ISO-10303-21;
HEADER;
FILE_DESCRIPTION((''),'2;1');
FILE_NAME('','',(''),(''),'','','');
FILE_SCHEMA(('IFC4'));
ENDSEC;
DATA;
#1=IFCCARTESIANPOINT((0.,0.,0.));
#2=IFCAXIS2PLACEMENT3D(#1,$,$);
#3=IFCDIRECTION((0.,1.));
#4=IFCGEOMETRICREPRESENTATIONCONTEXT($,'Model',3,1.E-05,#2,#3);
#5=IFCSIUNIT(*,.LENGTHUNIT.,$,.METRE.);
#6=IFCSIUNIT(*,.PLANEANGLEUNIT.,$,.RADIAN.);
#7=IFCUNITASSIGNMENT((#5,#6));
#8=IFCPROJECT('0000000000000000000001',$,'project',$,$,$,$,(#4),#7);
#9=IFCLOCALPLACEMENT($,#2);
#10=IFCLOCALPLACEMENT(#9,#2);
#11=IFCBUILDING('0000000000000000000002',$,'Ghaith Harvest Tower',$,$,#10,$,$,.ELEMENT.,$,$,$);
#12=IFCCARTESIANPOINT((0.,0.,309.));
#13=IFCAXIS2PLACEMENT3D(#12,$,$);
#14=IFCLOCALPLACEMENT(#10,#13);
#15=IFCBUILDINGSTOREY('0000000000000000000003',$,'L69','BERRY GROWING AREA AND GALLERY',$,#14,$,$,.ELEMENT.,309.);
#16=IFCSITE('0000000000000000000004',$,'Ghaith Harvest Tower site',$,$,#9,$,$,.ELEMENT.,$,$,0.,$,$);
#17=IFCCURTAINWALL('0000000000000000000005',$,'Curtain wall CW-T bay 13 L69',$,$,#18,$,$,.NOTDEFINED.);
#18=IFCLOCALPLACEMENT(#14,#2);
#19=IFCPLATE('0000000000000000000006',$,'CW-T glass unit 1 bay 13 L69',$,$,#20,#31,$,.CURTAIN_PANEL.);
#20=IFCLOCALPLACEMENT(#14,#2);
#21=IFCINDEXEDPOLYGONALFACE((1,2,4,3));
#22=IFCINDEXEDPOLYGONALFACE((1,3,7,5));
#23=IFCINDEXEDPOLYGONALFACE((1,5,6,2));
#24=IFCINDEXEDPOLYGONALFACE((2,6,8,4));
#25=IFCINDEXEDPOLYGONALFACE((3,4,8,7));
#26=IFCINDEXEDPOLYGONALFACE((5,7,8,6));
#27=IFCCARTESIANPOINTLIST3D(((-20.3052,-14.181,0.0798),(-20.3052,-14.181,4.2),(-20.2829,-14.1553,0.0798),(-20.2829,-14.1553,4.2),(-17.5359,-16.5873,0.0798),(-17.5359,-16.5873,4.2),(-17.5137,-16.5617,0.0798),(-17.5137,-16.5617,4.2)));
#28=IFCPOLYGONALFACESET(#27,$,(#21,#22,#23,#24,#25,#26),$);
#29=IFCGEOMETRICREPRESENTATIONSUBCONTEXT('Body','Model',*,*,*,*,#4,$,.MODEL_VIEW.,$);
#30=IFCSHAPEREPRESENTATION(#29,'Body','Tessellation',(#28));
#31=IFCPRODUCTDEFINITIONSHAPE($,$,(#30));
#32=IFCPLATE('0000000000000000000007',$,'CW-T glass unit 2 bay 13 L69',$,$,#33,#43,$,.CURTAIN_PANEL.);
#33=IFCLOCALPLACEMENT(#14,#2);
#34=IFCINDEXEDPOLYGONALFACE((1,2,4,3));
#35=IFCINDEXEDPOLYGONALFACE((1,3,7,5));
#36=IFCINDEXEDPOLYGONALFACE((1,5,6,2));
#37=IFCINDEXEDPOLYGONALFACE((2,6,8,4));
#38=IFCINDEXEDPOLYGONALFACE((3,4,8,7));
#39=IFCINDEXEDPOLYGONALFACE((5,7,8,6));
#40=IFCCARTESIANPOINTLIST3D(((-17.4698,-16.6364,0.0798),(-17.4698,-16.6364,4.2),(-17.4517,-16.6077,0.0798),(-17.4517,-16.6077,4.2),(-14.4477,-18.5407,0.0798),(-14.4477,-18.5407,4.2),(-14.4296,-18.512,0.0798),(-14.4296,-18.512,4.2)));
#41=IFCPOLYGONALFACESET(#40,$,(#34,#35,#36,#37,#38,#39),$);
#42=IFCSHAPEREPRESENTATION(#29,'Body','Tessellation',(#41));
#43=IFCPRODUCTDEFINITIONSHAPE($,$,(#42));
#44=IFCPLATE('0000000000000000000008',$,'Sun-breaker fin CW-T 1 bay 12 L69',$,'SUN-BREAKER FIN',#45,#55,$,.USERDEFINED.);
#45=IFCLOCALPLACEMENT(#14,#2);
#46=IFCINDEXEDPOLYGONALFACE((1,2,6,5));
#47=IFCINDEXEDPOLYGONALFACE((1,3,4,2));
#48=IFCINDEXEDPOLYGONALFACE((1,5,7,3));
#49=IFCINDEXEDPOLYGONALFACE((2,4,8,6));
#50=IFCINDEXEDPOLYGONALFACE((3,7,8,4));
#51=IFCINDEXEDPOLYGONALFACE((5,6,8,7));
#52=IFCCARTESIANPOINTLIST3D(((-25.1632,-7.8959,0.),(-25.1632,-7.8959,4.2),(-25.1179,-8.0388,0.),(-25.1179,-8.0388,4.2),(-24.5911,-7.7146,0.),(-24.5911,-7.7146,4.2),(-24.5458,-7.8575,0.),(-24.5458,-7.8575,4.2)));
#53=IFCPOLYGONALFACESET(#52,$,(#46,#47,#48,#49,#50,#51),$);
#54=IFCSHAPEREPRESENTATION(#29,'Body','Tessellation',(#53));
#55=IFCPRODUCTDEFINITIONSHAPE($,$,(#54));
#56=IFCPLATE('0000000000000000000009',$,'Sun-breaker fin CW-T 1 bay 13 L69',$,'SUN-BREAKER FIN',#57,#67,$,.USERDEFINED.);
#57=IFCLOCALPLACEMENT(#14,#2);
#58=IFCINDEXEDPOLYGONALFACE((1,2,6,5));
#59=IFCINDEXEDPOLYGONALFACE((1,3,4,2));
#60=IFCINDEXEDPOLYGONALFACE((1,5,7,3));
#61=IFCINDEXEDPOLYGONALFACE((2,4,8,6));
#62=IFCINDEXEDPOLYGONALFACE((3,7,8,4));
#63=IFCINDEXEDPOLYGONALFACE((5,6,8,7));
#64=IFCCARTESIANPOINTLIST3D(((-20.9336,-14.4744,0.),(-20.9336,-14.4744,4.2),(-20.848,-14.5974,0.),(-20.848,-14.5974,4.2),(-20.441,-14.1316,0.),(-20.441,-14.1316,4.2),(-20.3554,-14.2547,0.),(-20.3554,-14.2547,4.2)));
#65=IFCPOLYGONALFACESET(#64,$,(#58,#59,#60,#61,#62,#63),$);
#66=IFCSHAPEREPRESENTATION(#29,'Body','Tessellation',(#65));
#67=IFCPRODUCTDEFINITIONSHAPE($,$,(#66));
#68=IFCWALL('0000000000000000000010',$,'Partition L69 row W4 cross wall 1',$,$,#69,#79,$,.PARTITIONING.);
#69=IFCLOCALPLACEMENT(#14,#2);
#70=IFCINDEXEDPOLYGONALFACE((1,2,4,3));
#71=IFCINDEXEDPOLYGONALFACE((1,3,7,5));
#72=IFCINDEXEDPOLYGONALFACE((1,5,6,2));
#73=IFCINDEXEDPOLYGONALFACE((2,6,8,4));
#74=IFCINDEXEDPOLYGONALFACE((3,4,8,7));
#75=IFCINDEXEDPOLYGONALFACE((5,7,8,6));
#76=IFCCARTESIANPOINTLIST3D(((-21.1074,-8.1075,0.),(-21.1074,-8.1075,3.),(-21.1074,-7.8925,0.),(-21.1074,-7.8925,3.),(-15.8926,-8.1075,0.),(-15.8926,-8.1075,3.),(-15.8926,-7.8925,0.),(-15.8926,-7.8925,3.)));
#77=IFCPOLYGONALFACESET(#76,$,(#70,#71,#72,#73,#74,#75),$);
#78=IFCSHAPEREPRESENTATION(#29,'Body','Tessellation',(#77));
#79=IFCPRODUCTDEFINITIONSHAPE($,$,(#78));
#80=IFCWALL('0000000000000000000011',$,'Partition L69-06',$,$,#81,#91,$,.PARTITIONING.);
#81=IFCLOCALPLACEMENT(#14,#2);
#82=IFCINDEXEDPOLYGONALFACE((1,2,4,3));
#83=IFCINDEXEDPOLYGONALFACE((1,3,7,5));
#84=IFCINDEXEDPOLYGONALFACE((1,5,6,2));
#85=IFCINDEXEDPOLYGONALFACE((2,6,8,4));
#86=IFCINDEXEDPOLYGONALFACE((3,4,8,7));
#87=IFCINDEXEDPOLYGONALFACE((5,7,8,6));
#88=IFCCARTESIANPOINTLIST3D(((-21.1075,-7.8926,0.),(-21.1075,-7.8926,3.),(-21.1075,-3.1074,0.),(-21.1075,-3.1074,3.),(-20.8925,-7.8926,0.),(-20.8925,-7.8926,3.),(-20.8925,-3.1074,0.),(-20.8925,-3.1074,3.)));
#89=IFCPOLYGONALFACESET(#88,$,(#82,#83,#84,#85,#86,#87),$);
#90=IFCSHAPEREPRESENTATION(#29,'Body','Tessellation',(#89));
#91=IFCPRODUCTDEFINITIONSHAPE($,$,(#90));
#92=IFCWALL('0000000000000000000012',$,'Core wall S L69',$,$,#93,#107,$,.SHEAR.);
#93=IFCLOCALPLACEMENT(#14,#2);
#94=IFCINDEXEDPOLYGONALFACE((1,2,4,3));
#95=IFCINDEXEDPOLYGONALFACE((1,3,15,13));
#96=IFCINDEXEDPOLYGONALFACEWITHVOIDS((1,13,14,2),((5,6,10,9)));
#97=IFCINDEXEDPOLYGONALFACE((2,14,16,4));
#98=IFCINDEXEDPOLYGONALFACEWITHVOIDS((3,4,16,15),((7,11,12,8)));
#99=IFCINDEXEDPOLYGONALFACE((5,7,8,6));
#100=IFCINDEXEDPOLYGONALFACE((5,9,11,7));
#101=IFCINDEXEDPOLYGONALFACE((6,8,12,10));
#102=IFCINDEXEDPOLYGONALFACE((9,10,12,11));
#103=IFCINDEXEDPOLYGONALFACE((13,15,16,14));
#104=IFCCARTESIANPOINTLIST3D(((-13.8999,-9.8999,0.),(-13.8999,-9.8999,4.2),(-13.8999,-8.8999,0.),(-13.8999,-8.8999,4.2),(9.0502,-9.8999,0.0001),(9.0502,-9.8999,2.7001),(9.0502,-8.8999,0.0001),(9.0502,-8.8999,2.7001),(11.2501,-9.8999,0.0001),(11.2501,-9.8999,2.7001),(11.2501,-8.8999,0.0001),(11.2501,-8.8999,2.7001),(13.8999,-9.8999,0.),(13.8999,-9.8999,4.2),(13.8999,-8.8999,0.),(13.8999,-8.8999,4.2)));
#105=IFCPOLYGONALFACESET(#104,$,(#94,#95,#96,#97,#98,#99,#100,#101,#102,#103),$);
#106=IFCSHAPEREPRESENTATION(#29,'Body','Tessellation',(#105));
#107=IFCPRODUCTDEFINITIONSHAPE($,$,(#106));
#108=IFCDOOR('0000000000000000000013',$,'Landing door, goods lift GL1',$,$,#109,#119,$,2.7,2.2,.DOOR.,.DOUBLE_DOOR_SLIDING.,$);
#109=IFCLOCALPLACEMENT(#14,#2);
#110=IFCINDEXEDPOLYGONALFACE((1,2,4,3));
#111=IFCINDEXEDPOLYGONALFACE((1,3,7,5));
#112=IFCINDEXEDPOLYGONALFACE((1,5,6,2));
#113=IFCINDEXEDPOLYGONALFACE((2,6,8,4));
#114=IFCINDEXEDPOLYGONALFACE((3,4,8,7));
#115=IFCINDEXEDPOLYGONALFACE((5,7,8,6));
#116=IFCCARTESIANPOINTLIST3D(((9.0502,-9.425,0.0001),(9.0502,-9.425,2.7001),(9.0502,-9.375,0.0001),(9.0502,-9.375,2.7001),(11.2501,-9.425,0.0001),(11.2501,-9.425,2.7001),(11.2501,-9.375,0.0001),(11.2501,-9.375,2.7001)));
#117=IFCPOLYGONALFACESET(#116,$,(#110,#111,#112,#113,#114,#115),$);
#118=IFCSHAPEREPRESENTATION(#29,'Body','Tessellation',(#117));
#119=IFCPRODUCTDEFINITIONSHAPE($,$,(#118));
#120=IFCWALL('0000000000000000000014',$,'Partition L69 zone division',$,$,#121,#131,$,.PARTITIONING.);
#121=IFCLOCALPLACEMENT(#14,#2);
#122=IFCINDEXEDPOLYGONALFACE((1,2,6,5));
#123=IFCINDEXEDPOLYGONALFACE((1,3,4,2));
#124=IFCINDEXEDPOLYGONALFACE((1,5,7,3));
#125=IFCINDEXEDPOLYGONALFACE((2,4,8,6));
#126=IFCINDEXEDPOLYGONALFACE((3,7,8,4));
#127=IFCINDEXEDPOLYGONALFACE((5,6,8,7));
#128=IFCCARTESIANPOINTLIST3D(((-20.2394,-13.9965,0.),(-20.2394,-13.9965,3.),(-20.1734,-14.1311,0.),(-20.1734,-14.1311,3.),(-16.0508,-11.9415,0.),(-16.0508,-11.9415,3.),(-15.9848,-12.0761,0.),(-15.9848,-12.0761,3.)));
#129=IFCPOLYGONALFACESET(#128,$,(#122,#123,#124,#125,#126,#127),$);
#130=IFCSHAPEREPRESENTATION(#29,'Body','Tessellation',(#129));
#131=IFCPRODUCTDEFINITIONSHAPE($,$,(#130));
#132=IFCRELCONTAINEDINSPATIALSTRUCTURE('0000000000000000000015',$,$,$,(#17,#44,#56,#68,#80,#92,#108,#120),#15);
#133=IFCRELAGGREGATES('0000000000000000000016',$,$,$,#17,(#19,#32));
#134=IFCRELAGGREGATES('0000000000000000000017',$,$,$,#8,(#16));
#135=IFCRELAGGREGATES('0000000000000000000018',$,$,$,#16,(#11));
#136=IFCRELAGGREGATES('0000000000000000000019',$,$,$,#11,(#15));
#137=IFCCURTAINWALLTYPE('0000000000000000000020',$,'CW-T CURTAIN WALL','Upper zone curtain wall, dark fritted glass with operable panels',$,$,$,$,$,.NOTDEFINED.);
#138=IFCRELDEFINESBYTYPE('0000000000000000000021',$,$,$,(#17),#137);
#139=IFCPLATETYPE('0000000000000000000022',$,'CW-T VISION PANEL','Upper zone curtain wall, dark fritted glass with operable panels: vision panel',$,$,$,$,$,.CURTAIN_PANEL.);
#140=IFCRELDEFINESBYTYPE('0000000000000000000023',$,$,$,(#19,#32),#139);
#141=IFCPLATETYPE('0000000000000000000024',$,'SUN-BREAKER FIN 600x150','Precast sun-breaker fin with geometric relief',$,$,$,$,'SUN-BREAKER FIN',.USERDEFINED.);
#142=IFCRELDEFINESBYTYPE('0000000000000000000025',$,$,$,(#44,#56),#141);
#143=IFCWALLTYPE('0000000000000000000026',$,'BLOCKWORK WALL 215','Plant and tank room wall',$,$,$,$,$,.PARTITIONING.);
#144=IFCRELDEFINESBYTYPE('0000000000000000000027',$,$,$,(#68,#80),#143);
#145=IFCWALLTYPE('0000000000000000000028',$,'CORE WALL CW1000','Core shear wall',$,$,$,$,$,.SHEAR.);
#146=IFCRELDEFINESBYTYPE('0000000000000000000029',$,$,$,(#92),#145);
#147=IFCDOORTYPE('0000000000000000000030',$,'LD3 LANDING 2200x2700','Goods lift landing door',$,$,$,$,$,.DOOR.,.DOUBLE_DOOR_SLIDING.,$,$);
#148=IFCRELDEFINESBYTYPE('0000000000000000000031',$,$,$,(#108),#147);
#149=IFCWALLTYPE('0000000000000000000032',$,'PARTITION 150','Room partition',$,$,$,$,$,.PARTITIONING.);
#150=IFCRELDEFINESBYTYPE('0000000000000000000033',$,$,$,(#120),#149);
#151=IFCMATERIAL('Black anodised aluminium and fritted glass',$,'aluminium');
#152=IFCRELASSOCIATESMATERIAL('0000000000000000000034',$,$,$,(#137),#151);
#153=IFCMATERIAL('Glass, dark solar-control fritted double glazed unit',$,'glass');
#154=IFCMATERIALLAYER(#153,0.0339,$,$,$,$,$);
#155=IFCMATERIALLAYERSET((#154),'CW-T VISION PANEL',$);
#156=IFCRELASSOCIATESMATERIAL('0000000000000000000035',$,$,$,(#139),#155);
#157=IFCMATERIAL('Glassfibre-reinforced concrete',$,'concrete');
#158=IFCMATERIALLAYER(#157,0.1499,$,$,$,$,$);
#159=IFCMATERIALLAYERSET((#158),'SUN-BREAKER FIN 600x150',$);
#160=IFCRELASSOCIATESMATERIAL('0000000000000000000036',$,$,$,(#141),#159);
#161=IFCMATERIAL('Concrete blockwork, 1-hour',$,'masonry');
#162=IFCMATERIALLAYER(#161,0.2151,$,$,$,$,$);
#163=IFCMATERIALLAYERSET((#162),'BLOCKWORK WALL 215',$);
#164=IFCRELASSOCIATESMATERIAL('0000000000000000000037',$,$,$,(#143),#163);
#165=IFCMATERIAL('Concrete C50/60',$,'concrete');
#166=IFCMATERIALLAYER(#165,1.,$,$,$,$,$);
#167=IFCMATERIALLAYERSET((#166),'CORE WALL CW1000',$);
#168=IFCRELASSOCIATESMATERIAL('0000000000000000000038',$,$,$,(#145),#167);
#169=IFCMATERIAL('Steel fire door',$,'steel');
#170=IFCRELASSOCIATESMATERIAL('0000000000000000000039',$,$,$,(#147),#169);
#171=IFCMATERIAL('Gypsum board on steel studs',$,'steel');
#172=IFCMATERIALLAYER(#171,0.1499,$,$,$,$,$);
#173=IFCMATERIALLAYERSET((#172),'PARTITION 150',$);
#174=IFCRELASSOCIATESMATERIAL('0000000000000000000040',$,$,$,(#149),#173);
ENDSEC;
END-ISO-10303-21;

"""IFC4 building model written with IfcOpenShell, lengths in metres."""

from ifc_helpers import new_model, si_unit, direction, frame, frame_2d, origin, origin_2d, place, context, subcontext, project, spatial, rectangle, extrude, material, layer, layer_set, type_object, element, fill, aggregate, save


model = new_model("IFC4")

# Units and contexts
model_context = context("Model", 3, precision=1e-05, world=origin(), true_north=direction((0.0, 1.0)))
body_context = subcontext(model_context, "Body", "Model", "MODEL_VIEW")
ifc_project = project(units=[si_unit("LENGTHUNIT", "METRE"), si_unit("PLANEANGLEUNIT", "RADIAN")], contexts=[model_context])

# Site, building, storey
site_placement = place(None, origin())
site = spatial("IfcSite", under=ifc_project, at=site_placement, Name="Ghaith Harvest Tower site", CompositionType="ELEMENT", RefElevation=0.0)
building_placement = place(site_placement, origin())
building = spatial("IfcBuilding", under=site, at=building_placement, Name="Ghaith Harvest Tower", CompositionType="ELEMENT")
storey_placement = place(building_placement, frame((0.0, 0.0, 309.0)))
storey = spatial("IfcBuildingStorey", under=building, at=storey_placement, Name="L69", Description="BERRY GROWING AREA AND GALLERY", CompositionType="ELEMENT", Elevation=309.0)

# Shared definitions
ifc_material_1 = material(Name="Black anodised aluminium and fritted glass", Category="aluminium")
curtain_wall_type = type_object("IfcCurtainWallType", Name="CW-T CURTAIN WALL", Description="Upper zone curtain wall, dark fritted glass with operable panels", PredefinedType="NOTDEFINED", material=ifc_material_1)

# Curtain wall
curtain_wall_1_placement = place(storey_placement, origin())
curtain_wall_1 = element("IfcCurtainWall", 1, at=curtain_wall_1_placement, inside=storey, type_object=curtain_wall_type, Name="Curtain wall CW-T bay 13 L69", PredefinedType="NOTDEFINED")

# Plates
ifc_material_2 = material(Name="Glass, dark solar-control fritted double glazed unit", Category="glass")
ifc_layer_1 = layer(ifc_material_2, 0.0339)
ifc_layer_set_1 = layer_set([ifc_layer_1], Name="CW-T VISION PANEL")
plate_type_1 = type_object("IfcPlateType", Name="CW-T VISION PANEL", Description="Upper zone curtain wall, dark fritted glass with operable panels: vision panel", PredefinedType="CURTAIN_PANEL", material=ifc_layer_set_1)
plate_1_placement = place(storey_placement, frame((-18.9094, -15.3713, 0.0798), z_axis=(0.0, 0.0, 1.0), x_axis=(0.754829, -0.655922, 0.0)))
plate_1 = element("IfcPlate", 2, at=plate_1_placement, type_object=plate_type_1, Name="CW-T glass unit 1 bay 13 L69", PredefinedType="CURTAIN_PANEL", context=body_context, shape_type="SweptSolid", body=[
    extrude(rectangle(XDim=3.6687, YDim=0.0339, at=origin_2d()), origin(), (0.0, 0.0, 1.0), 4.1201),
])
plate_2_placement = place(storey_placement, frame((-15.9497, -17.5742, 0.0798), z_axis=(0.0, 0.0, 1.0), x_axis=(0.846043, -0.533114, 0.0)))
plate_2 = element("IfcPlate", 3, at=plate_2_placement, type_object=plate_type_1, Name="CW-T glass unit 2 bay 13 L69", PredefinedType="CURTAIN_PANEL", context=body_context, shape_type="SweptSolid", body=[
    extrude(rectangle(XDim=3.572, YDim=0.0339, at=origin_2d()), origin(), (0.0, 0.0, 1.0), 4.1201),
])
aggregate(curtain_wall_1, [plate_1, plate_2])

# Plates
ifc_material_3 = material(Name="Glassfibre-reinforced concrete", Category="concrete")
ifc_layer_2 = layer(ifc_material_3, 0.1499)
ifc_layer_set_2 = layer_set([ifc_layer_2], Name="SUN-BREAKER FIN 600x150")
plate_type_2 = type_object("IfcPlateType", Name="SUN-BREAKER FIN 600x150", Description="Precast sun-breaker fin with geometric relief", ElementType="SUN-BREAKER FIN", PredefinedType="USERDEFINED", material=ifc_layer_set_2)
for number, where, z_axis, x_axis, name in (
    (4, (-24.8545, -7.8767, 0.0), (0.0, 0.0, 1.0), (-0.953273, -0.30211, 0.0), "Sun-breaker fin CW-T 1 bay 12 L69"),
    (5, (-20.6445, -14.3645, 0.0), (0.0, 0.0, 1.0), (-0.820845, -0.57115, 0.0), "Sun-breaker fin CW-T 1 bay 13 L69"),
):
    element("IfcPlate", number, at=place(storey_placement, frame(where, z_axis=z_axis, x_axis=x_axis)), inside=storey, type_object=plate_type_2, Name=name, ObjectType="SUN-BREAKER FIN", PredefinedType="USERDEFINED", context=body_context, shape_type="SweptSolid", body=[
        extrude(rectangle(XDim=0.6001, YDim=0.1499, at=origin_2d()), origin(), (0.0, 0.0, 1.0), 4.2),
    ])

# Wall
ifc_material_4 = material(Name="Concrete blockwork, 1-hour", Category="masonry")
ifc_layer_3 = layer(ifc_material_4, 0.2151)
ifc_layer_set_3 = layer_set([ifc_layer_3], Name="BLOCKWORK WALL 215")
wall_type_1 = type_object("IfcWallType", Name="BLOCKWORK WALL 215", Description="Plant and tank room wall", PredefinedType="PARTITIONING", material=ifc_layer_set_3)
wall_1_placement = place(storey_placement, frame((-15.8926, -8.0, 0.0), z_axis=(0.0, 0.0, 1.0), x_axis=(-1.0, 0.0, 0.0)))
element("IfcWall", 6, at=wall_1_placement, inside=storey, type_object=wall_type_1, Name="Partition L69 row W4 cross wall 1", PredefinedType="PARTITIONING", context=body_context, shape_type="SweptSolid", body=[
    extrude(rectangle(XDim=5.2148, YDim=0.2151, at=frame_2d((2.6074, 0.0))), origin(), (0.0, 0.0, 1.0), 3.0),
])

# Wall
wall_2_placement = place(storey_placement, frame((-21.0, -7.8926, 0.0), z_axis=(0.0, 0.0, 1.0), x_axis=(0.0, 1.0, 0.0)))
element("IfcWall", 7, at=wall_2_placement, inside=storey, type_object=wall_type_1, Name="Partition L69-06", PredefinedType="PARTITIONING", context=body_context, shape_type="SweptSolid", body=[
    extrude(rectangle(XDim=4.7852, YDim=0.2151, at=frame_2d((2.3926, 0.0))), origin(), (0.0, 0.0, 1.0), 3.0),
])

# Wall, opening, door
ifc_material_5 = material(Name="Concrete C50/60", Category="concrete")
ifc_layer_4 = layer(ifc_material_5, 1.0)
ifc_layer_set_4 = layer_set([ifc_layer_4], Name="CORE WALL CW1000")
wall_type_2 = type_object("IfcWallType", Name="CORE WALL CW1000", Description="Core shear wall", PredefinedType="SHEAR", material=ifc_layer_set_4)
wall_3_placement = place(storey_placement, frame((-13.8999, -9.3999, 0.0), z_axis=(0.0, 0.0, 1.0), x_axis=(1.0, 0.0, 0.0)))
wall_3 = element("IfcWall", 8, at=wall_3_placement, inside=storey, type_object=wall_type_2, Name="Core wall S L69", PredefinedType="SHEAR", context=body_context, shape_type="SweptSolid", body=[
    extrude(rectangle(XDim=27.7998, YDim=1.0, at=frame_2d((13.8999, 0.0))), origin(), (0.0, 0.0, 1.0), 4.2),
])
opening_1_placement = place(wall_3_placement, frame((22.95, 0.0, 0.0)))
opening_1 = element("IfcOpeningElement", 9, at=opening_1_placement, cuts=wall_3, PredefinedType="OPENING", context=body_context, shape_type="SweptSolid", body=[
    extrude(rectangle(XDim=2.2, YDim=2.7, at=frame_2d((1.1001, 1.3501))), frame((0.0, 0.51, 0.0), z_axis=(0.0, -1.0, 0.0), x_axis=(1.0, 0.0, 0.0)), (0.0, 0.0, 1.0), 1.02),
])
ifc_material_6 = material(Name="Steel fire door", Category="steel")
door_type_1 = type_object("IfcDoorType", Name="LD3 LANDING 2200x2700", Description="Goods lift landing door", OperationType="DOUBLE_DOOR_SLIDING", PredefinedType="DOOR", material=ifc_material_6)
door_1_placement = place(opening_1_placement, origin())
door_1 = element("IfcDoor", 10, at=door_1_placement, inside=storey, type_object=door_type_1, Name="Landing door, goods lift GL1", OperationType="DOUBLE_DOOR_SLIDING", OverallHeight=2.7, OverallWidth=2.2, PredefinedType="DOOR", context=body_context, shape_type="SweptSolid", body=[
    extrude(rectangle(XDim=2.2, YDim=2.7, at=frame_2d((1.1001, 1.3501))), frame((0.0, 0.0249, 0.0), z_axis=(0.0, -1.0, 0.0), x_axis=(1.0, 0.0, 0.0)), (0.0, 0.0, 1.0), 0.05),
])
fill(opening_1, door_1)

# Wall
ifc_material_7 = material(Name="Gypsum board on steel studs", Category="steel")
ifc_layer_5 = layer(ifc_material_7, 0.1499)
ifc_layer_set_5 = layer_set([ifc_layer_5], Name="PARTITION 150")
wall_type_3 = type_object("IfcWallType", Name="PARTITION 150", Description="Room partition", PredefinedType="PARTITIONING", material=ifc_layer_set_5)
wall_4_placement = place(storey_placement, frame((-16.0178, -12.0088, 0.0), z_axis=(0.0, 0.0, 1.0), x_axis=(-0.897772, -0.440461, 0.0)))
element("IfcWall", 11, at=wall_4_placement, inside=storey, type_object=wall_type_3, Name="Partition L69 zone division", PredefinedType="PARTITIONING", context=body_context, shape_type="SweptSolid", body=[
    extrude(rectangle(XDim=4.6655, YDim=0.1499, at=frame_2d((2.3328, 0.0))), origin(), (0.0, 0.0, 1.0), 3.0),
])

save(model, "model.ifc")
